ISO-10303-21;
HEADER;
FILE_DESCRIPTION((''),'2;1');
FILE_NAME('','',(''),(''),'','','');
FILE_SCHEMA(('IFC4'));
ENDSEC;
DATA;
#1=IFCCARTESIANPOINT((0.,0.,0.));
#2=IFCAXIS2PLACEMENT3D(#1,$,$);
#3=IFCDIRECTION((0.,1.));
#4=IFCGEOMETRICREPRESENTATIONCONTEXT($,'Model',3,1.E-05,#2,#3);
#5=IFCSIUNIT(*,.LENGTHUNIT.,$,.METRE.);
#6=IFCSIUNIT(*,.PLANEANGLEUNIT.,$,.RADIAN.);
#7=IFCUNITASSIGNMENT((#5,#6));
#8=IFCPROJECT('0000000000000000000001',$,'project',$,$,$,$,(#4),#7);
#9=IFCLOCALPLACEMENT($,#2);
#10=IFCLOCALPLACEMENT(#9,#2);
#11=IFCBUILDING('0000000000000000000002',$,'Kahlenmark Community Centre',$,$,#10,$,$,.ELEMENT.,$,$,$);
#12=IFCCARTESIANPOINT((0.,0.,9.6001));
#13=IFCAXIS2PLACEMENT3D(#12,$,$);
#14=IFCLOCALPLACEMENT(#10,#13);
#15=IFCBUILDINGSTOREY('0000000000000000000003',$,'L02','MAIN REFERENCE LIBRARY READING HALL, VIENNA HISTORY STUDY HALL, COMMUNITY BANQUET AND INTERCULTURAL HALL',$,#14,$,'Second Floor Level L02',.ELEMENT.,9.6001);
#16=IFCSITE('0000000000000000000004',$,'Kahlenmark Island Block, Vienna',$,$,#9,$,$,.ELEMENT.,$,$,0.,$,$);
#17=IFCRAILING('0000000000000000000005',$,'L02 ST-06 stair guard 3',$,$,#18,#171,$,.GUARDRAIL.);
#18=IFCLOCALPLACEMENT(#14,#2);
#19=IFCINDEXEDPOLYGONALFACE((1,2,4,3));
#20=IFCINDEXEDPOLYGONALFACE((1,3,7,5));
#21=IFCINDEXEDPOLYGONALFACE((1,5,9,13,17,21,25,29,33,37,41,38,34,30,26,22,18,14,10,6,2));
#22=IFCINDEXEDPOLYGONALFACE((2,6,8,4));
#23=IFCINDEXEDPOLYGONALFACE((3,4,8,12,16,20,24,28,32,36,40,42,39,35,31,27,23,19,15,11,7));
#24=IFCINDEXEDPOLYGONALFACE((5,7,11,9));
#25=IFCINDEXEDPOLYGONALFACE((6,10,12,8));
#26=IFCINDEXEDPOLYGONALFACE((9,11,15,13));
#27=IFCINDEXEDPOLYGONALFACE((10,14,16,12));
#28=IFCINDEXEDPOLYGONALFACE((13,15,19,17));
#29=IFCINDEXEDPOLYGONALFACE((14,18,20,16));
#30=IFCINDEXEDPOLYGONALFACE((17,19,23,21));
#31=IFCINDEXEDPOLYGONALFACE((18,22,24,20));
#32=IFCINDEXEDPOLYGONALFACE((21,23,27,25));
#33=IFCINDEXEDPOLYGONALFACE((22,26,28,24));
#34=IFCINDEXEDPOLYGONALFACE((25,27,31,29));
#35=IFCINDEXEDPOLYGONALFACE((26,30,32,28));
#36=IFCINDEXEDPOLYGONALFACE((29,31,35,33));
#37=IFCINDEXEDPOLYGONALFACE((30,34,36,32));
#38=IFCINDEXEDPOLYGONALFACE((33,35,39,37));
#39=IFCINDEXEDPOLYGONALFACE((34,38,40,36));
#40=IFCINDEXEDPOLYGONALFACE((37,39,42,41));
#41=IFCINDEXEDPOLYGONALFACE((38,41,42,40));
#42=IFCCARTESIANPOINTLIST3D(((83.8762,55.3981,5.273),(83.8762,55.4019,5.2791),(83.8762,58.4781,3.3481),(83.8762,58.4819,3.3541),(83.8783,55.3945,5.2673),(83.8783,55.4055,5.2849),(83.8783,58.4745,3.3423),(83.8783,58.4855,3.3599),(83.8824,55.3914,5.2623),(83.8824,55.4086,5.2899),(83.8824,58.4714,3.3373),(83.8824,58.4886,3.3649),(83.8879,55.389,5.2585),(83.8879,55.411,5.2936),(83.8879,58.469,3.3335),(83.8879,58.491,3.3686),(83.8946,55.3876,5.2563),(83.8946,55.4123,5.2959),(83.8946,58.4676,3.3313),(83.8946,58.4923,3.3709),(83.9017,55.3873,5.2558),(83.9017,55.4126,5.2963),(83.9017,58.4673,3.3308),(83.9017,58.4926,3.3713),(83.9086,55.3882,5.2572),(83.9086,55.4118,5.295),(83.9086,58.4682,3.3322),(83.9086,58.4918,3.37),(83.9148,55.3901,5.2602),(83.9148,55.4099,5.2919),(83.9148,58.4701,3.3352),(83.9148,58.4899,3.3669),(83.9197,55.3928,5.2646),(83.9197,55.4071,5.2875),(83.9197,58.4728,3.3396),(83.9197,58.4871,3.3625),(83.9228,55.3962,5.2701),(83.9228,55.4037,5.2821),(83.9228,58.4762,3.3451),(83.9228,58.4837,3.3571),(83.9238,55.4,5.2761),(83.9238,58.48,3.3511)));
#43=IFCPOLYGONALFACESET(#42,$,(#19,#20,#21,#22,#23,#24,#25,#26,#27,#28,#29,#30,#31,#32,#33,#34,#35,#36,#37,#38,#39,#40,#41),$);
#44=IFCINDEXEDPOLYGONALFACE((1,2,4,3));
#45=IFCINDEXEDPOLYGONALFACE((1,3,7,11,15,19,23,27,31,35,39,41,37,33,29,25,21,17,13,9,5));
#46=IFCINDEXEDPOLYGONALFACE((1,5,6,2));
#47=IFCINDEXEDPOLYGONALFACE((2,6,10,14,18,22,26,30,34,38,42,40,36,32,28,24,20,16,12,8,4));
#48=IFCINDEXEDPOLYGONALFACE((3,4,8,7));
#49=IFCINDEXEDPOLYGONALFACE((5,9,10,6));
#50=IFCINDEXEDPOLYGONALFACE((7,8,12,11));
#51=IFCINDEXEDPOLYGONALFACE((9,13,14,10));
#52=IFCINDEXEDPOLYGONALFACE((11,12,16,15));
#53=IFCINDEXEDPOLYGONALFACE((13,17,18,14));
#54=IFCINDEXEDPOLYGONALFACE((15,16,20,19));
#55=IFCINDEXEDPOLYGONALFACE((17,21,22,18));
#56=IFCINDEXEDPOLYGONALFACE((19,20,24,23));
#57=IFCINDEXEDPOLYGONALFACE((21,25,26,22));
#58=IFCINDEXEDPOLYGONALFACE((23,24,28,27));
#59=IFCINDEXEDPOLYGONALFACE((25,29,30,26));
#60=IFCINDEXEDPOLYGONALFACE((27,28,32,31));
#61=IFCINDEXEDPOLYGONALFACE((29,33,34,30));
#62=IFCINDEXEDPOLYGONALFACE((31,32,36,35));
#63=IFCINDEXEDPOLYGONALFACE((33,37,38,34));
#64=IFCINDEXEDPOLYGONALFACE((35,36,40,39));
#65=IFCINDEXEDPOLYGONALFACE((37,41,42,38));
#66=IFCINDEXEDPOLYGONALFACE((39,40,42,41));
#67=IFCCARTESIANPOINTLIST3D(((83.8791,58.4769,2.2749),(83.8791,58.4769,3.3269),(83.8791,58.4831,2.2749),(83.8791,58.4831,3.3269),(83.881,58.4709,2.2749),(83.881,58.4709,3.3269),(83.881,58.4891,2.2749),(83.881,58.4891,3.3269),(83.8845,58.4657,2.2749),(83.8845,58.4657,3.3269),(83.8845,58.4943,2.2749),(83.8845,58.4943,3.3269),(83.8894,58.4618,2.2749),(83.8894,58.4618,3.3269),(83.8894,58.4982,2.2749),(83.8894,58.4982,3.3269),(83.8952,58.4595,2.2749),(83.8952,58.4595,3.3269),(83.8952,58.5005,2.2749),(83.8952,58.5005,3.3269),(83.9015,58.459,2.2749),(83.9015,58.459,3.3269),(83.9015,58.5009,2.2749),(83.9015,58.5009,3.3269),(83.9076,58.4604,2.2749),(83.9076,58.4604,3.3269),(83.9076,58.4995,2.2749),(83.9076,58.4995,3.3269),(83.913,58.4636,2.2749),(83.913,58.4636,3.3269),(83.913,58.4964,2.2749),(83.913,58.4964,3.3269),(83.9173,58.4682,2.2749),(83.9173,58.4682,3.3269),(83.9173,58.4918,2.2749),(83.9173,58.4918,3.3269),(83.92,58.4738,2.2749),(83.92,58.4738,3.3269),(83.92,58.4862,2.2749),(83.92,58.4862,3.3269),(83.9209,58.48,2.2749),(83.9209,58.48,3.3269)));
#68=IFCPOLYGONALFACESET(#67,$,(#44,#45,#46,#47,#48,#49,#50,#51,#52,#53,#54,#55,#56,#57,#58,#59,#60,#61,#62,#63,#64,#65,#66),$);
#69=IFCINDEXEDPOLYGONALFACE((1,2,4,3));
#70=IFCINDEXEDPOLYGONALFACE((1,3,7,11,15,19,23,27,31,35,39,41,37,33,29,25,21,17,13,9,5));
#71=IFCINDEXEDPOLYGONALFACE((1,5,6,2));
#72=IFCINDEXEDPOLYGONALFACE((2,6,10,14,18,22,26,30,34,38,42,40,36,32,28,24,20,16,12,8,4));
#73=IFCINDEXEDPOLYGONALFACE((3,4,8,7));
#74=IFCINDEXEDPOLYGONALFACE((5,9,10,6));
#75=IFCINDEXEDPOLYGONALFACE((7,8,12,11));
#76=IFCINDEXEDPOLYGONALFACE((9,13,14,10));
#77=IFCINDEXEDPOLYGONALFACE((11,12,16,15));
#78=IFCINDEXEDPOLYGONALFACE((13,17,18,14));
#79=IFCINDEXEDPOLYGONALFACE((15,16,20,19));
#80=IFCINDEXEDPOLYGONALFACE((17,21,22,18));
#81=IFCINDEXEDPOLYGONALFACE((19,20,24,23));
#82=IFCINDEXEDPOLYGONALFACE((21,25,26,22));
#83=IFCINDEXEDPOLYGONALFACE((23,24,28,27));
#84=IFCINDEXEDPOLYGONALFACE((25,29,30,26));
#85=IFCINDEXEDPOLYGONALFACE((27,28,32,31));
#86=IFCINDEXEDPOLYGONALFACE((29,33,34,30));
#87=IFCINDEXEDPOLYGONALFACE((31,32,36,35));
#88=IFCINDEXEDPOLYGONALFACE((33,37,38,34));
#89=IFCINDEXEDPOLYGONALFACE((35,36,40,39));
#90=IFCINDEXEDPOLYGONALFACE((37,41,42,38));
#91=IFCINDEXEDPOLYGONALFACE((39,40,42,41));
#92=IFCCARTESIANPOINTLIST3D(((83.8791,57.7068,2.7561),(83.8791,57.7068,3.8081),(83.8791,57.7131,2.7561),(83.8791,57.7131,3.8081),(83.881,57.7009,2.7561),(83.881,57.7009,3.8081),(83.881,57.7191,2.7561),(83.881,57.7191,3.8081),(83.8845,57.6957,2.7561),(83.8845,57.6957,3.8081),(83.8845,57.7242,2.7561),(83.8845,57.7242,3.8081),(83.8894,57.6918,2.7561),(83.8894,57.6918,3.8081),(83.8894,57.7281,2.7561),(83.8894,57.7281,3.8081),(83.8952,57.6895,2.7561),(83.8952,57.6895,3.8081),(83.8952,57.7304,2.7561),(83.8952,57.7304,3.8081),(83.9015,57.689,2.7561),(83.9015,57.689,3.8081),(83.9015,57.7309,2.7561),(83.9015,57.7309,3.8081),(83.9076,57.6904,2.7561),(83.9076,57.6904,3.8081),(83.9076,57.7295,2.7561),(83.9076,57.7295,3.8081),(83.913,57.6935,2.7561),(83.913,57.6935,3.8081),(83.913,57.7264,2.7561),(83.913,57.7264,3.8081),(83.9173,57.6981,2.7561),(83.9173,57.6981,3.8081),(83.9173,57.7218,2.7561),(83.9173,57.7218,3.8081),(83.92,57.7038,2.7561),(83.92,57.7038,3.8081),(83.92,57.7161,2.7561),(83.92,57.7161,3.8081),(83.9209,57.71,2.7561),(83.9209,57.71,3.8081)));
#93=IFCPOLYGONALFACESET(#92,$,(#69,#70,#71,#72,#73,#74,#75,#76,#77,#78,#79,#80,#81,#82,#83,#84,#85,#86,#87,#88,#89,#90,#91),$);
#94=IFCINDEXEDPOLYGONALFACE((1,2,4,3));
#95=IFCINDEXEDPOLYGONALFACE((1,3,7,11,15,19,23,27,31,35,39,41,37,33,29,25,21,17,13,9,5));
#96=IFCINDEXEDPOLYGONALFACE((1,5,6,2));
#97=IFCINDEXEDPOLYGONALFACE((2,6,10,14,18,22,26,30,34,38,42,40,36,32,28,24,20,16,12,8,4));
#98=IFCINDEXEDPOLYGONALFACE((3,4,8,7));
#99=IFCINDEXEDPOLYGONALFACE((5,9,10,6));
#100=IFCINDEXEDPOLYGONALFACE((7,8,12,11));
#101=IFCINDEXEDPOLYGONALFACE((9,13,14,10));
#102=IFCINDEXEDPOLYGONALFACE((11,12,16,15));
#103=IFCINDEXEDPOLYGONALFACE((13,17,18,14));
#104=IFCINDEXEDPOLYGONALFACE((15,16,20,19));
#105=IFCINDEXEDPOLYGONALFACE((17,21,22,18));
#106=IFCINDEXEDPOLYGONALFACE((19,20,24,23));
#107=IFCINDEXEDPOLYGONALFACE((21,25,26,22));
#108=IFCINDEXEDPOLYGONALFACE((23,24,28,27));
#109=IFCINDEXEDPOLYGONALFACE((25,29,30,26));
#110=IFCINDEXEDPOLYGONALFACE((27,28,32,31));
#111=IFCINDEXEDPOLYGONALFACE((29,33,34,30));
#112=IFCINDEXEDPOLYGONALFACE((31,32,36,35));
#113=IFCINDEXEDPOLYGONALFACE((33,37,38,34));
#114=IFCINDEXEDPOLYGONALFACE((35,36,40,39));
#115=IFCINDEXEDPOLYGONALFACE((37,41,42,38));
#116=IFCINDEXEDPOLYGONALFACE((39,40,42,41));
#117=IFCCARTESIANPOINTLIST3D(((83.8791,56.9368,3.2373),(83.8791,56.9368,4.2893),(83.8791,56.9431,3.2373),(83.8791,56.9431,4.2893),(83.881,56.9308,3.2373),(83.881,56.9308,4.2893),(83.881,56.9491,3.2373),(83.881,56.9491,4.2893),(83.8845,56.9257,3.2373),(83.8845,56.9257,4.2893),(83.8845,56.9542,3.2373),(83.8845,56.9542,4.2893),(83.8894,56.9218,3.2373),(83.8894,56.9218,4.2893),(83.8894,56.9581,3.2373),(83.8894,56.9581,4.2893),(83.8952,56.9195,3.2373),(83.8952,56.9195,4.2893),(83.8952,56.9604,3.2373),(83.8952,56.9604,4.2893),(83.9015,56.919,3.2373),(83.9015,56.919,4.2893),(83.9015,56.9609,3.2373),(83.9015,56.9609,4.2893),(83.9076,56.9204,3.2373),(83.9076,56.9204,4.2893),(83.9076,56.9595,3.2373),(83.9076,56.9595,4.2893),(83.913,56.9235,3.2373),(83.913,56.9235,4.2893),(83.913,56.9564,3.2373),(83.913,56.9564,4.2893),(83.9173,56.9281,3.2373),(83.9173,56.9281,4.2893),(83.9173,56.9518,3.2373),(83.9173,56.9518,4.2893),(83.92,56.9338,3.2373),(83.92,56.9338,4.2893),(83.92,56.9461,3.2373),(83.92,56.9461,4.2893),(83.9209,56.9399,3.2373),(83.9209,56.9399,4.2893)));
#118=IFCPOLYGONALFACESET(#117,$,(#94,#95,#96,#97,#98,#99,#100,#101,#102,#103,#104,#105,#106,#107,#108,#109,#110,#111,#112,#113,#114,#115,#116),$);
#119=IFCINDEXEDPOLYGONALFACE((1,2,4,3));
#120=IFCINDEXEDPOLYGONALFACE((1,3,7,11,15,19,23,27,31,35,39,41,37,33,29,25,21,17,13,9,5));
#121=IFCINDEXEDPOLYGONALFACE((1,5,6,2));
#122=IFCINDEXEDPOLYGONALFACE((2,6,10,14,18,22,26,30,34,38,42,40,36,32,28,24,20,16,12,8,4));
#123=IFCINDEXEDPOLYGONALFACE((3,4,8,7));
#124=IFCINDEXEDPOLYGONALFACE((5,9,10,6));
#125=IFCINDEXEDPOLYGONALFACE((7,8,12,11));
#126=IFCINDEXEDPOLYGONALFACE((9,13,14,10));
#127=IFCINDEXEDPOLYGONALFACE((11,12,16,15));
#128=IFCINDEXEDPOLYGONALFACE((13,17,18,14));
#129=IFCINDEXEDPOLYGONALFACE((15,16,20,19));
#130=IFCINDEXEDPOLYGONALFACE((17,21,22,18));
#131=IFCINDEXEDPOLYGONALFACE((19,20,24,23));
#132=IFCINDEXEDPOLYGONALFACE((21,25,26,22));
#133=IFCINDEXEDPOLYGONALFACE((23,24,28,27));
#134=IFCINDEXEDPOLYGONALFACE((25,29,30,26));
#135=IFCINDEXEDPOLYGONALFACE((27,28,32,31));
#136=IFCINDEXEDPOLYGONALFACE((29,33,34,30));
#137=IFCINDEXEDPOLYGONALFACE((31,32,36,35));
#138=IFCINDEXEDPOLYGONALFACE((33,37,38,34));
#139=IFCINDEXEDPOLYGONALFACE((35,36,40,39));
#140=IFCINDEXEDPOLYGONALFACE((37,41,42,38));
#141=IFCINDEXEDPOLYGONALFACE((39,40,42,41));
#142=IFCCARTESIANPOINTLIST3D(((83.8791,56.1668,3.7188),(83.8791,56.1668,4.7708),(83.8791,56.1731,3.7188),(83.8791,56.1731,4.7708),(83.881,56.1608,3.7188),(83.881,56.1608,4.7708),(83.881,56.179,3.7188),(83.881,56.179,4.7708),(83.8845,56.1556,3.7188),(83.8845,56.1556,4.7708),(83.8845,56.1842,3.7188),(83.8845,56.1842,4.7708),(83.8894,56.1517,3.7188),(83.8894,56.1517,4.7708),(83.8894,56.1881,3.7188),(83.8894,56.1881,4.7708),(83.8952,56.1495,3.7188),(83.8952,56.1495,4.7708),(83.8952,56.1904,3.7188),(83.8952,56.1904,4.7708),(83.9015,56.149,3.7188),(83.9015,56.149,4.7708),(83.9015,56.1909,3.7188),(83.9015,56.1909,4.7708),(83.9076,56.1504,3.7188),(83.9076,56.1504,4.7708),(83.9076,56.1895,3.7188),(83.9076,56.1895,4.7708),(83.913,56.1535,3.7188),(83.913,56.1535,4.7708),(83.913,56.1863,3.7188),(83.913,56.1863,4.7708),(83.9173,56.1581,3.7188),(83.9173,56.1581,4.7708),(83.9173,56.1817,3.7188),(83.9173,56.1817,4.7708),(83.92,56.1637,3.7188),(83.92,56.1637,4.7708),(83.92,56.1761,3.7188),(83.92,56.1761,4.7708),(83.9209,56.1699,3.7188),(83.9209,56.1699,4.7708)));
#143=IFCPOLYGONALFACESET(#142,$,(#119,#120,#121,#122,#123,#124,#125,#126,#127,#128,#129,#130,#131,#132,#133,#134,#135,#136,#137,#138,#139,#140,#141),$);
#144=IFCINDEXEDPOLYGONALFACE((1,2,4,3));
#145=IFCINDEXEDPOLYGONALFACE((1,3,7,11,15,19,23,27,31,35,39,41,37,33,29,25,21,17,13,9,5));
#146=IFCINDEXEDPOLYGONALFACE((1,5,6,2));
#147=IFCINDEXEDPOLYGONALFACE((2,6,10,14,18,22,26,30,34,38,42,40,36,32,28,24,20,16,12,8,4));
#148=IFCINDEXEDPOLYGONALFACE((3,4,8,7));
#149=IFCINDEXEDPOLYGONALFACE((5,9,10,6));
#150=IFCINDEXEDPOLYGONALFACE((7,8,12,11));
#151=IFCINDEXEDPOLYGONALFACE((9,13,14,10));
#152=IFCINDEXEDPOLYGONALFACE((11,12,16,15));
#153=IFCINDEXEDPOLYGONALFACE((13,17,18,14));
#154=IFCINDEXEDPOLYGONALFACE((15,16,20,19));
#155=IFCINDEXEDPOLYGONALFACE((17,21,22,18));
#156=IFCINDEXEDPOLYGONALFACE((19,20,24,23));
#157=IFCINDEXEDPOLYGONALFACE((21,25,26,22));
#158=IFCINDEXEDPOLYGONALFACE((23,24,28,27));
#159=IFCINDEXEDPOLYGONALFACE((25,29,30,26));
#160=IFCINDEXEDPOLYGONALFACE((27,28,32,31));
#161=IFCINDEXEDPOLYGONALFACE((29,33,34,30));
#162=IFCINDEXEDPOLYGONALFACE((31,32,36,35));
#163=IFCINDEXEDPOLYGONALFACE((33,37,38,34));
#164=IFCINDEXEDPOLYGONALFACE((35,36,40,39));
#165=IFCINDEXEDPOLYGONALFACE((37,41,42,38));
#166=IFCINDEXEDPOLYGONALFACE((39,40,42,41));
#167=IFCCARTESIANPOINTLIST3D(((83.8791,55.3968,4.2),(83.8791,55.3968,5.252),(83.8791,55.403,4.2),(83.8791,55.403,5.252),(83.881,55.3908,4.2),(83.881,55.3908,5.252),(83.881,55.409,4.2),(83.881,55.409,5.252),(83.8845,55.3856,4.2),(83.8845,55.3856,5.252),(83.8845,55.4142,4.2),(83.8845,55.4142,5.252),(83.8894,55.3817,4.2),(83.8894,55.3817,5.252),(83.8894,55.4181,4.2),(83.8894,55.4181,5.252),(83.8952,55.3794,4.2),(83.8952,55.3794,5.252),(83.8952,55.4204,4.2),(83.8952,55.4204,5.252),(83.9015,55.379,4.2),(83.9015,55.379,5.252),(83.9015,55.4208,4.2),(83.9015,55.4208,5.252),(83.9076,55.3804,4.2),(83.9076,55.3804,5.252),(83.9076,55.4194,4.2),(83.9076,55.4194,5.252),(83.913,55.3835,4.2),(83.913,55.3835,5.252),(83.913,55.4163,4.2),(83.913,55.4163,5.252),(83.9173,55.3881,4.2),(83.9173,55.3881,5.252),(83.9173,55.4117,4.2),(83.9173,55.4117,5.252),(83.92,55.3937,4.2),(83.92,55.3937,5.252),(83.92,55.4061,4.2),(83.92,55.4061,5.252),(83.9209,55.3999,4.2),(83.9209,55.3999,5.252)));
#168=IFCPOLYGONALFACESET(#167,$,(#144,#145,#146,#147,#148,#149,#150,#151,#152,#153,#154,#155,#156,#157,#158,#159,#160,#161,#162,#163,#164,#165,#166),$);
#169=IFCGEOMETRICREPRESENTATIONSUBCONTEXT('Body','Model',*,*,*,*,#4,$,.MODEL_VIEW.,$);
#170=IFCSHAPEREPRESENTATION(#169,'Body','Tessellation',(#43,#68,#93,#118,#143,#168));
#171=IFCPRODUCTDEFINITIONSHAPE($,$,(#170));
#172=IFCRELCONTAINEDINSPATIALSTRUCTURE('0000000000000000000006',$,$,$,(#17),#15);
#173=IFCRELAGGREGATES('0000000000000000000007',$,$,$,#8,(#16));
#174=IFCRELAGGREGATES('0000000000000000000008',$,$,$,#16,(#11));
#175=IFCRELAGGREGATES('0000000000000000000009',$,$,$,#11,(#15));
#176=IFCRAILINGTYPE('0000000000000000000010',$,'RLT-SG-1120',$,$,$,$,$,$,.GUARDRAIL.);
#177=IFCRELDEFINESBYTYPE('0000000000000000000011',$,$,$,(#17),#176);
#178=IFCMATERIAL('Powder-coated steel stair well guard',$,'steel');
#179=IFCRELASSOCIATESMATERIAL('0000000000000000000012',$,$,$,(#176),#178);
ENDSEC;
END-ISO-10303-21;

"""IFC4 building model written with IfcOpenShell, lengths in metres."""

from ifc_helpers import new_model, si_unit, direction, frame, origin, origin_2d, place, context, subcontext, project, spatial, circle, extrude, material, type_object, element, save


model = new_model("IFC4")

# Units and contexts
model_context = context("Model", 3, precision=1e-05, world=origin(), true_north=direction((0.0, 1.0)))
body_context = subcontext(model_context, "Body", "Model", "MODEL_VIEW")
ifc_project = project(units=[si_unit("LENGTHUNIT", "METRE"), si_unit("PLANEANGLEUNIT", "RADIAN")], contexts=[model_context])

# Site, building, storey
site_placement = place(None, origin())
site = spatial("IfcSite", under=ifc_project, at=site_placement, Name="Kahlenmark Island Block, Vienna", CompositionType="ELEMENT", RefElevation=0.0)
building_placement = place(site_placement, origin())
building = spatial("IfcBuilding", under=site, at=building_placement, Name="Kahlenmark Community Centre", CompositionType="ELEMENT")
storey_placement = place(building_placement, frame((0.0, 0.0, 9.6001)))
storey = spatial("IfcBuildingStorey", under=building, at=storey_placement, Name="L02", Description="MAIN REFERENCE LIBRARY READING HALL, VIENNA HISTORY STUDY HALL, COMMUNITY BANQUET AND INTERCULTURAL HALL", LongName="Second Floor Level L02", CompositionType="ELEMENT", Elevation=9.6001)

# Railing
ifc_material_1 = material(Name="Powder-coated steel stair well guard", Category="steel")
railing_type_1 = type_object("IfcRailingType", Name="RLT-SG-1120", PredefinedType="GUARDRAIL", material=ifc_material_1)
railing_1_placement = place(storey_placement, frame((83.8999, 58.48, 2.2749)))
element("IfcRailing", 1, at=railing_1_placement, inside=storey, type_object=railing_type_1, Name="L02 ST-06 stair guard 3", PredefinedType="GUARDRAIL", context=body_context, shape_type="SweptSolid", body=[
    extrude(circle(Radius=0.0239, at=origin_2d()), frame((0.0, 0.0, 1.0762), z_axis=(0.0, -0.847998, 0.529999), x_axis=(1.0, 0.0, 0.0)), (0.0, 0.0, 1.0), 3.6321),
    extrude(circle(Radius=0.021, at=origin_2d()), origin(), (0.0, 0.0, 1.0), 1.052),
    extrude(circle(Radius=0.021, at=origin_2d()), frame((0.0, -0.77, 0.4812)), (0.0, 0.0, 1.0), 1.052),
    extrude(circle(Radius=0.021, at=origin_2d()), frame((0.0, -1.54, 0.9624)), (0.0, 0.0, 1.0), 1.052),
    extrude(circle(Radius=0.021, at=origin_2d()), frame((0.0, -2.3101, 1.4438)), (0.0, 0.0, 1.0), 1.052),
    extrude(circle(Radius=0.021, at=origin_2d()), frame((0.0, -3.0801, 1.925)), (0.0, 0.0, 1.0), 1.052),
])

save(model, "model.ifc")
